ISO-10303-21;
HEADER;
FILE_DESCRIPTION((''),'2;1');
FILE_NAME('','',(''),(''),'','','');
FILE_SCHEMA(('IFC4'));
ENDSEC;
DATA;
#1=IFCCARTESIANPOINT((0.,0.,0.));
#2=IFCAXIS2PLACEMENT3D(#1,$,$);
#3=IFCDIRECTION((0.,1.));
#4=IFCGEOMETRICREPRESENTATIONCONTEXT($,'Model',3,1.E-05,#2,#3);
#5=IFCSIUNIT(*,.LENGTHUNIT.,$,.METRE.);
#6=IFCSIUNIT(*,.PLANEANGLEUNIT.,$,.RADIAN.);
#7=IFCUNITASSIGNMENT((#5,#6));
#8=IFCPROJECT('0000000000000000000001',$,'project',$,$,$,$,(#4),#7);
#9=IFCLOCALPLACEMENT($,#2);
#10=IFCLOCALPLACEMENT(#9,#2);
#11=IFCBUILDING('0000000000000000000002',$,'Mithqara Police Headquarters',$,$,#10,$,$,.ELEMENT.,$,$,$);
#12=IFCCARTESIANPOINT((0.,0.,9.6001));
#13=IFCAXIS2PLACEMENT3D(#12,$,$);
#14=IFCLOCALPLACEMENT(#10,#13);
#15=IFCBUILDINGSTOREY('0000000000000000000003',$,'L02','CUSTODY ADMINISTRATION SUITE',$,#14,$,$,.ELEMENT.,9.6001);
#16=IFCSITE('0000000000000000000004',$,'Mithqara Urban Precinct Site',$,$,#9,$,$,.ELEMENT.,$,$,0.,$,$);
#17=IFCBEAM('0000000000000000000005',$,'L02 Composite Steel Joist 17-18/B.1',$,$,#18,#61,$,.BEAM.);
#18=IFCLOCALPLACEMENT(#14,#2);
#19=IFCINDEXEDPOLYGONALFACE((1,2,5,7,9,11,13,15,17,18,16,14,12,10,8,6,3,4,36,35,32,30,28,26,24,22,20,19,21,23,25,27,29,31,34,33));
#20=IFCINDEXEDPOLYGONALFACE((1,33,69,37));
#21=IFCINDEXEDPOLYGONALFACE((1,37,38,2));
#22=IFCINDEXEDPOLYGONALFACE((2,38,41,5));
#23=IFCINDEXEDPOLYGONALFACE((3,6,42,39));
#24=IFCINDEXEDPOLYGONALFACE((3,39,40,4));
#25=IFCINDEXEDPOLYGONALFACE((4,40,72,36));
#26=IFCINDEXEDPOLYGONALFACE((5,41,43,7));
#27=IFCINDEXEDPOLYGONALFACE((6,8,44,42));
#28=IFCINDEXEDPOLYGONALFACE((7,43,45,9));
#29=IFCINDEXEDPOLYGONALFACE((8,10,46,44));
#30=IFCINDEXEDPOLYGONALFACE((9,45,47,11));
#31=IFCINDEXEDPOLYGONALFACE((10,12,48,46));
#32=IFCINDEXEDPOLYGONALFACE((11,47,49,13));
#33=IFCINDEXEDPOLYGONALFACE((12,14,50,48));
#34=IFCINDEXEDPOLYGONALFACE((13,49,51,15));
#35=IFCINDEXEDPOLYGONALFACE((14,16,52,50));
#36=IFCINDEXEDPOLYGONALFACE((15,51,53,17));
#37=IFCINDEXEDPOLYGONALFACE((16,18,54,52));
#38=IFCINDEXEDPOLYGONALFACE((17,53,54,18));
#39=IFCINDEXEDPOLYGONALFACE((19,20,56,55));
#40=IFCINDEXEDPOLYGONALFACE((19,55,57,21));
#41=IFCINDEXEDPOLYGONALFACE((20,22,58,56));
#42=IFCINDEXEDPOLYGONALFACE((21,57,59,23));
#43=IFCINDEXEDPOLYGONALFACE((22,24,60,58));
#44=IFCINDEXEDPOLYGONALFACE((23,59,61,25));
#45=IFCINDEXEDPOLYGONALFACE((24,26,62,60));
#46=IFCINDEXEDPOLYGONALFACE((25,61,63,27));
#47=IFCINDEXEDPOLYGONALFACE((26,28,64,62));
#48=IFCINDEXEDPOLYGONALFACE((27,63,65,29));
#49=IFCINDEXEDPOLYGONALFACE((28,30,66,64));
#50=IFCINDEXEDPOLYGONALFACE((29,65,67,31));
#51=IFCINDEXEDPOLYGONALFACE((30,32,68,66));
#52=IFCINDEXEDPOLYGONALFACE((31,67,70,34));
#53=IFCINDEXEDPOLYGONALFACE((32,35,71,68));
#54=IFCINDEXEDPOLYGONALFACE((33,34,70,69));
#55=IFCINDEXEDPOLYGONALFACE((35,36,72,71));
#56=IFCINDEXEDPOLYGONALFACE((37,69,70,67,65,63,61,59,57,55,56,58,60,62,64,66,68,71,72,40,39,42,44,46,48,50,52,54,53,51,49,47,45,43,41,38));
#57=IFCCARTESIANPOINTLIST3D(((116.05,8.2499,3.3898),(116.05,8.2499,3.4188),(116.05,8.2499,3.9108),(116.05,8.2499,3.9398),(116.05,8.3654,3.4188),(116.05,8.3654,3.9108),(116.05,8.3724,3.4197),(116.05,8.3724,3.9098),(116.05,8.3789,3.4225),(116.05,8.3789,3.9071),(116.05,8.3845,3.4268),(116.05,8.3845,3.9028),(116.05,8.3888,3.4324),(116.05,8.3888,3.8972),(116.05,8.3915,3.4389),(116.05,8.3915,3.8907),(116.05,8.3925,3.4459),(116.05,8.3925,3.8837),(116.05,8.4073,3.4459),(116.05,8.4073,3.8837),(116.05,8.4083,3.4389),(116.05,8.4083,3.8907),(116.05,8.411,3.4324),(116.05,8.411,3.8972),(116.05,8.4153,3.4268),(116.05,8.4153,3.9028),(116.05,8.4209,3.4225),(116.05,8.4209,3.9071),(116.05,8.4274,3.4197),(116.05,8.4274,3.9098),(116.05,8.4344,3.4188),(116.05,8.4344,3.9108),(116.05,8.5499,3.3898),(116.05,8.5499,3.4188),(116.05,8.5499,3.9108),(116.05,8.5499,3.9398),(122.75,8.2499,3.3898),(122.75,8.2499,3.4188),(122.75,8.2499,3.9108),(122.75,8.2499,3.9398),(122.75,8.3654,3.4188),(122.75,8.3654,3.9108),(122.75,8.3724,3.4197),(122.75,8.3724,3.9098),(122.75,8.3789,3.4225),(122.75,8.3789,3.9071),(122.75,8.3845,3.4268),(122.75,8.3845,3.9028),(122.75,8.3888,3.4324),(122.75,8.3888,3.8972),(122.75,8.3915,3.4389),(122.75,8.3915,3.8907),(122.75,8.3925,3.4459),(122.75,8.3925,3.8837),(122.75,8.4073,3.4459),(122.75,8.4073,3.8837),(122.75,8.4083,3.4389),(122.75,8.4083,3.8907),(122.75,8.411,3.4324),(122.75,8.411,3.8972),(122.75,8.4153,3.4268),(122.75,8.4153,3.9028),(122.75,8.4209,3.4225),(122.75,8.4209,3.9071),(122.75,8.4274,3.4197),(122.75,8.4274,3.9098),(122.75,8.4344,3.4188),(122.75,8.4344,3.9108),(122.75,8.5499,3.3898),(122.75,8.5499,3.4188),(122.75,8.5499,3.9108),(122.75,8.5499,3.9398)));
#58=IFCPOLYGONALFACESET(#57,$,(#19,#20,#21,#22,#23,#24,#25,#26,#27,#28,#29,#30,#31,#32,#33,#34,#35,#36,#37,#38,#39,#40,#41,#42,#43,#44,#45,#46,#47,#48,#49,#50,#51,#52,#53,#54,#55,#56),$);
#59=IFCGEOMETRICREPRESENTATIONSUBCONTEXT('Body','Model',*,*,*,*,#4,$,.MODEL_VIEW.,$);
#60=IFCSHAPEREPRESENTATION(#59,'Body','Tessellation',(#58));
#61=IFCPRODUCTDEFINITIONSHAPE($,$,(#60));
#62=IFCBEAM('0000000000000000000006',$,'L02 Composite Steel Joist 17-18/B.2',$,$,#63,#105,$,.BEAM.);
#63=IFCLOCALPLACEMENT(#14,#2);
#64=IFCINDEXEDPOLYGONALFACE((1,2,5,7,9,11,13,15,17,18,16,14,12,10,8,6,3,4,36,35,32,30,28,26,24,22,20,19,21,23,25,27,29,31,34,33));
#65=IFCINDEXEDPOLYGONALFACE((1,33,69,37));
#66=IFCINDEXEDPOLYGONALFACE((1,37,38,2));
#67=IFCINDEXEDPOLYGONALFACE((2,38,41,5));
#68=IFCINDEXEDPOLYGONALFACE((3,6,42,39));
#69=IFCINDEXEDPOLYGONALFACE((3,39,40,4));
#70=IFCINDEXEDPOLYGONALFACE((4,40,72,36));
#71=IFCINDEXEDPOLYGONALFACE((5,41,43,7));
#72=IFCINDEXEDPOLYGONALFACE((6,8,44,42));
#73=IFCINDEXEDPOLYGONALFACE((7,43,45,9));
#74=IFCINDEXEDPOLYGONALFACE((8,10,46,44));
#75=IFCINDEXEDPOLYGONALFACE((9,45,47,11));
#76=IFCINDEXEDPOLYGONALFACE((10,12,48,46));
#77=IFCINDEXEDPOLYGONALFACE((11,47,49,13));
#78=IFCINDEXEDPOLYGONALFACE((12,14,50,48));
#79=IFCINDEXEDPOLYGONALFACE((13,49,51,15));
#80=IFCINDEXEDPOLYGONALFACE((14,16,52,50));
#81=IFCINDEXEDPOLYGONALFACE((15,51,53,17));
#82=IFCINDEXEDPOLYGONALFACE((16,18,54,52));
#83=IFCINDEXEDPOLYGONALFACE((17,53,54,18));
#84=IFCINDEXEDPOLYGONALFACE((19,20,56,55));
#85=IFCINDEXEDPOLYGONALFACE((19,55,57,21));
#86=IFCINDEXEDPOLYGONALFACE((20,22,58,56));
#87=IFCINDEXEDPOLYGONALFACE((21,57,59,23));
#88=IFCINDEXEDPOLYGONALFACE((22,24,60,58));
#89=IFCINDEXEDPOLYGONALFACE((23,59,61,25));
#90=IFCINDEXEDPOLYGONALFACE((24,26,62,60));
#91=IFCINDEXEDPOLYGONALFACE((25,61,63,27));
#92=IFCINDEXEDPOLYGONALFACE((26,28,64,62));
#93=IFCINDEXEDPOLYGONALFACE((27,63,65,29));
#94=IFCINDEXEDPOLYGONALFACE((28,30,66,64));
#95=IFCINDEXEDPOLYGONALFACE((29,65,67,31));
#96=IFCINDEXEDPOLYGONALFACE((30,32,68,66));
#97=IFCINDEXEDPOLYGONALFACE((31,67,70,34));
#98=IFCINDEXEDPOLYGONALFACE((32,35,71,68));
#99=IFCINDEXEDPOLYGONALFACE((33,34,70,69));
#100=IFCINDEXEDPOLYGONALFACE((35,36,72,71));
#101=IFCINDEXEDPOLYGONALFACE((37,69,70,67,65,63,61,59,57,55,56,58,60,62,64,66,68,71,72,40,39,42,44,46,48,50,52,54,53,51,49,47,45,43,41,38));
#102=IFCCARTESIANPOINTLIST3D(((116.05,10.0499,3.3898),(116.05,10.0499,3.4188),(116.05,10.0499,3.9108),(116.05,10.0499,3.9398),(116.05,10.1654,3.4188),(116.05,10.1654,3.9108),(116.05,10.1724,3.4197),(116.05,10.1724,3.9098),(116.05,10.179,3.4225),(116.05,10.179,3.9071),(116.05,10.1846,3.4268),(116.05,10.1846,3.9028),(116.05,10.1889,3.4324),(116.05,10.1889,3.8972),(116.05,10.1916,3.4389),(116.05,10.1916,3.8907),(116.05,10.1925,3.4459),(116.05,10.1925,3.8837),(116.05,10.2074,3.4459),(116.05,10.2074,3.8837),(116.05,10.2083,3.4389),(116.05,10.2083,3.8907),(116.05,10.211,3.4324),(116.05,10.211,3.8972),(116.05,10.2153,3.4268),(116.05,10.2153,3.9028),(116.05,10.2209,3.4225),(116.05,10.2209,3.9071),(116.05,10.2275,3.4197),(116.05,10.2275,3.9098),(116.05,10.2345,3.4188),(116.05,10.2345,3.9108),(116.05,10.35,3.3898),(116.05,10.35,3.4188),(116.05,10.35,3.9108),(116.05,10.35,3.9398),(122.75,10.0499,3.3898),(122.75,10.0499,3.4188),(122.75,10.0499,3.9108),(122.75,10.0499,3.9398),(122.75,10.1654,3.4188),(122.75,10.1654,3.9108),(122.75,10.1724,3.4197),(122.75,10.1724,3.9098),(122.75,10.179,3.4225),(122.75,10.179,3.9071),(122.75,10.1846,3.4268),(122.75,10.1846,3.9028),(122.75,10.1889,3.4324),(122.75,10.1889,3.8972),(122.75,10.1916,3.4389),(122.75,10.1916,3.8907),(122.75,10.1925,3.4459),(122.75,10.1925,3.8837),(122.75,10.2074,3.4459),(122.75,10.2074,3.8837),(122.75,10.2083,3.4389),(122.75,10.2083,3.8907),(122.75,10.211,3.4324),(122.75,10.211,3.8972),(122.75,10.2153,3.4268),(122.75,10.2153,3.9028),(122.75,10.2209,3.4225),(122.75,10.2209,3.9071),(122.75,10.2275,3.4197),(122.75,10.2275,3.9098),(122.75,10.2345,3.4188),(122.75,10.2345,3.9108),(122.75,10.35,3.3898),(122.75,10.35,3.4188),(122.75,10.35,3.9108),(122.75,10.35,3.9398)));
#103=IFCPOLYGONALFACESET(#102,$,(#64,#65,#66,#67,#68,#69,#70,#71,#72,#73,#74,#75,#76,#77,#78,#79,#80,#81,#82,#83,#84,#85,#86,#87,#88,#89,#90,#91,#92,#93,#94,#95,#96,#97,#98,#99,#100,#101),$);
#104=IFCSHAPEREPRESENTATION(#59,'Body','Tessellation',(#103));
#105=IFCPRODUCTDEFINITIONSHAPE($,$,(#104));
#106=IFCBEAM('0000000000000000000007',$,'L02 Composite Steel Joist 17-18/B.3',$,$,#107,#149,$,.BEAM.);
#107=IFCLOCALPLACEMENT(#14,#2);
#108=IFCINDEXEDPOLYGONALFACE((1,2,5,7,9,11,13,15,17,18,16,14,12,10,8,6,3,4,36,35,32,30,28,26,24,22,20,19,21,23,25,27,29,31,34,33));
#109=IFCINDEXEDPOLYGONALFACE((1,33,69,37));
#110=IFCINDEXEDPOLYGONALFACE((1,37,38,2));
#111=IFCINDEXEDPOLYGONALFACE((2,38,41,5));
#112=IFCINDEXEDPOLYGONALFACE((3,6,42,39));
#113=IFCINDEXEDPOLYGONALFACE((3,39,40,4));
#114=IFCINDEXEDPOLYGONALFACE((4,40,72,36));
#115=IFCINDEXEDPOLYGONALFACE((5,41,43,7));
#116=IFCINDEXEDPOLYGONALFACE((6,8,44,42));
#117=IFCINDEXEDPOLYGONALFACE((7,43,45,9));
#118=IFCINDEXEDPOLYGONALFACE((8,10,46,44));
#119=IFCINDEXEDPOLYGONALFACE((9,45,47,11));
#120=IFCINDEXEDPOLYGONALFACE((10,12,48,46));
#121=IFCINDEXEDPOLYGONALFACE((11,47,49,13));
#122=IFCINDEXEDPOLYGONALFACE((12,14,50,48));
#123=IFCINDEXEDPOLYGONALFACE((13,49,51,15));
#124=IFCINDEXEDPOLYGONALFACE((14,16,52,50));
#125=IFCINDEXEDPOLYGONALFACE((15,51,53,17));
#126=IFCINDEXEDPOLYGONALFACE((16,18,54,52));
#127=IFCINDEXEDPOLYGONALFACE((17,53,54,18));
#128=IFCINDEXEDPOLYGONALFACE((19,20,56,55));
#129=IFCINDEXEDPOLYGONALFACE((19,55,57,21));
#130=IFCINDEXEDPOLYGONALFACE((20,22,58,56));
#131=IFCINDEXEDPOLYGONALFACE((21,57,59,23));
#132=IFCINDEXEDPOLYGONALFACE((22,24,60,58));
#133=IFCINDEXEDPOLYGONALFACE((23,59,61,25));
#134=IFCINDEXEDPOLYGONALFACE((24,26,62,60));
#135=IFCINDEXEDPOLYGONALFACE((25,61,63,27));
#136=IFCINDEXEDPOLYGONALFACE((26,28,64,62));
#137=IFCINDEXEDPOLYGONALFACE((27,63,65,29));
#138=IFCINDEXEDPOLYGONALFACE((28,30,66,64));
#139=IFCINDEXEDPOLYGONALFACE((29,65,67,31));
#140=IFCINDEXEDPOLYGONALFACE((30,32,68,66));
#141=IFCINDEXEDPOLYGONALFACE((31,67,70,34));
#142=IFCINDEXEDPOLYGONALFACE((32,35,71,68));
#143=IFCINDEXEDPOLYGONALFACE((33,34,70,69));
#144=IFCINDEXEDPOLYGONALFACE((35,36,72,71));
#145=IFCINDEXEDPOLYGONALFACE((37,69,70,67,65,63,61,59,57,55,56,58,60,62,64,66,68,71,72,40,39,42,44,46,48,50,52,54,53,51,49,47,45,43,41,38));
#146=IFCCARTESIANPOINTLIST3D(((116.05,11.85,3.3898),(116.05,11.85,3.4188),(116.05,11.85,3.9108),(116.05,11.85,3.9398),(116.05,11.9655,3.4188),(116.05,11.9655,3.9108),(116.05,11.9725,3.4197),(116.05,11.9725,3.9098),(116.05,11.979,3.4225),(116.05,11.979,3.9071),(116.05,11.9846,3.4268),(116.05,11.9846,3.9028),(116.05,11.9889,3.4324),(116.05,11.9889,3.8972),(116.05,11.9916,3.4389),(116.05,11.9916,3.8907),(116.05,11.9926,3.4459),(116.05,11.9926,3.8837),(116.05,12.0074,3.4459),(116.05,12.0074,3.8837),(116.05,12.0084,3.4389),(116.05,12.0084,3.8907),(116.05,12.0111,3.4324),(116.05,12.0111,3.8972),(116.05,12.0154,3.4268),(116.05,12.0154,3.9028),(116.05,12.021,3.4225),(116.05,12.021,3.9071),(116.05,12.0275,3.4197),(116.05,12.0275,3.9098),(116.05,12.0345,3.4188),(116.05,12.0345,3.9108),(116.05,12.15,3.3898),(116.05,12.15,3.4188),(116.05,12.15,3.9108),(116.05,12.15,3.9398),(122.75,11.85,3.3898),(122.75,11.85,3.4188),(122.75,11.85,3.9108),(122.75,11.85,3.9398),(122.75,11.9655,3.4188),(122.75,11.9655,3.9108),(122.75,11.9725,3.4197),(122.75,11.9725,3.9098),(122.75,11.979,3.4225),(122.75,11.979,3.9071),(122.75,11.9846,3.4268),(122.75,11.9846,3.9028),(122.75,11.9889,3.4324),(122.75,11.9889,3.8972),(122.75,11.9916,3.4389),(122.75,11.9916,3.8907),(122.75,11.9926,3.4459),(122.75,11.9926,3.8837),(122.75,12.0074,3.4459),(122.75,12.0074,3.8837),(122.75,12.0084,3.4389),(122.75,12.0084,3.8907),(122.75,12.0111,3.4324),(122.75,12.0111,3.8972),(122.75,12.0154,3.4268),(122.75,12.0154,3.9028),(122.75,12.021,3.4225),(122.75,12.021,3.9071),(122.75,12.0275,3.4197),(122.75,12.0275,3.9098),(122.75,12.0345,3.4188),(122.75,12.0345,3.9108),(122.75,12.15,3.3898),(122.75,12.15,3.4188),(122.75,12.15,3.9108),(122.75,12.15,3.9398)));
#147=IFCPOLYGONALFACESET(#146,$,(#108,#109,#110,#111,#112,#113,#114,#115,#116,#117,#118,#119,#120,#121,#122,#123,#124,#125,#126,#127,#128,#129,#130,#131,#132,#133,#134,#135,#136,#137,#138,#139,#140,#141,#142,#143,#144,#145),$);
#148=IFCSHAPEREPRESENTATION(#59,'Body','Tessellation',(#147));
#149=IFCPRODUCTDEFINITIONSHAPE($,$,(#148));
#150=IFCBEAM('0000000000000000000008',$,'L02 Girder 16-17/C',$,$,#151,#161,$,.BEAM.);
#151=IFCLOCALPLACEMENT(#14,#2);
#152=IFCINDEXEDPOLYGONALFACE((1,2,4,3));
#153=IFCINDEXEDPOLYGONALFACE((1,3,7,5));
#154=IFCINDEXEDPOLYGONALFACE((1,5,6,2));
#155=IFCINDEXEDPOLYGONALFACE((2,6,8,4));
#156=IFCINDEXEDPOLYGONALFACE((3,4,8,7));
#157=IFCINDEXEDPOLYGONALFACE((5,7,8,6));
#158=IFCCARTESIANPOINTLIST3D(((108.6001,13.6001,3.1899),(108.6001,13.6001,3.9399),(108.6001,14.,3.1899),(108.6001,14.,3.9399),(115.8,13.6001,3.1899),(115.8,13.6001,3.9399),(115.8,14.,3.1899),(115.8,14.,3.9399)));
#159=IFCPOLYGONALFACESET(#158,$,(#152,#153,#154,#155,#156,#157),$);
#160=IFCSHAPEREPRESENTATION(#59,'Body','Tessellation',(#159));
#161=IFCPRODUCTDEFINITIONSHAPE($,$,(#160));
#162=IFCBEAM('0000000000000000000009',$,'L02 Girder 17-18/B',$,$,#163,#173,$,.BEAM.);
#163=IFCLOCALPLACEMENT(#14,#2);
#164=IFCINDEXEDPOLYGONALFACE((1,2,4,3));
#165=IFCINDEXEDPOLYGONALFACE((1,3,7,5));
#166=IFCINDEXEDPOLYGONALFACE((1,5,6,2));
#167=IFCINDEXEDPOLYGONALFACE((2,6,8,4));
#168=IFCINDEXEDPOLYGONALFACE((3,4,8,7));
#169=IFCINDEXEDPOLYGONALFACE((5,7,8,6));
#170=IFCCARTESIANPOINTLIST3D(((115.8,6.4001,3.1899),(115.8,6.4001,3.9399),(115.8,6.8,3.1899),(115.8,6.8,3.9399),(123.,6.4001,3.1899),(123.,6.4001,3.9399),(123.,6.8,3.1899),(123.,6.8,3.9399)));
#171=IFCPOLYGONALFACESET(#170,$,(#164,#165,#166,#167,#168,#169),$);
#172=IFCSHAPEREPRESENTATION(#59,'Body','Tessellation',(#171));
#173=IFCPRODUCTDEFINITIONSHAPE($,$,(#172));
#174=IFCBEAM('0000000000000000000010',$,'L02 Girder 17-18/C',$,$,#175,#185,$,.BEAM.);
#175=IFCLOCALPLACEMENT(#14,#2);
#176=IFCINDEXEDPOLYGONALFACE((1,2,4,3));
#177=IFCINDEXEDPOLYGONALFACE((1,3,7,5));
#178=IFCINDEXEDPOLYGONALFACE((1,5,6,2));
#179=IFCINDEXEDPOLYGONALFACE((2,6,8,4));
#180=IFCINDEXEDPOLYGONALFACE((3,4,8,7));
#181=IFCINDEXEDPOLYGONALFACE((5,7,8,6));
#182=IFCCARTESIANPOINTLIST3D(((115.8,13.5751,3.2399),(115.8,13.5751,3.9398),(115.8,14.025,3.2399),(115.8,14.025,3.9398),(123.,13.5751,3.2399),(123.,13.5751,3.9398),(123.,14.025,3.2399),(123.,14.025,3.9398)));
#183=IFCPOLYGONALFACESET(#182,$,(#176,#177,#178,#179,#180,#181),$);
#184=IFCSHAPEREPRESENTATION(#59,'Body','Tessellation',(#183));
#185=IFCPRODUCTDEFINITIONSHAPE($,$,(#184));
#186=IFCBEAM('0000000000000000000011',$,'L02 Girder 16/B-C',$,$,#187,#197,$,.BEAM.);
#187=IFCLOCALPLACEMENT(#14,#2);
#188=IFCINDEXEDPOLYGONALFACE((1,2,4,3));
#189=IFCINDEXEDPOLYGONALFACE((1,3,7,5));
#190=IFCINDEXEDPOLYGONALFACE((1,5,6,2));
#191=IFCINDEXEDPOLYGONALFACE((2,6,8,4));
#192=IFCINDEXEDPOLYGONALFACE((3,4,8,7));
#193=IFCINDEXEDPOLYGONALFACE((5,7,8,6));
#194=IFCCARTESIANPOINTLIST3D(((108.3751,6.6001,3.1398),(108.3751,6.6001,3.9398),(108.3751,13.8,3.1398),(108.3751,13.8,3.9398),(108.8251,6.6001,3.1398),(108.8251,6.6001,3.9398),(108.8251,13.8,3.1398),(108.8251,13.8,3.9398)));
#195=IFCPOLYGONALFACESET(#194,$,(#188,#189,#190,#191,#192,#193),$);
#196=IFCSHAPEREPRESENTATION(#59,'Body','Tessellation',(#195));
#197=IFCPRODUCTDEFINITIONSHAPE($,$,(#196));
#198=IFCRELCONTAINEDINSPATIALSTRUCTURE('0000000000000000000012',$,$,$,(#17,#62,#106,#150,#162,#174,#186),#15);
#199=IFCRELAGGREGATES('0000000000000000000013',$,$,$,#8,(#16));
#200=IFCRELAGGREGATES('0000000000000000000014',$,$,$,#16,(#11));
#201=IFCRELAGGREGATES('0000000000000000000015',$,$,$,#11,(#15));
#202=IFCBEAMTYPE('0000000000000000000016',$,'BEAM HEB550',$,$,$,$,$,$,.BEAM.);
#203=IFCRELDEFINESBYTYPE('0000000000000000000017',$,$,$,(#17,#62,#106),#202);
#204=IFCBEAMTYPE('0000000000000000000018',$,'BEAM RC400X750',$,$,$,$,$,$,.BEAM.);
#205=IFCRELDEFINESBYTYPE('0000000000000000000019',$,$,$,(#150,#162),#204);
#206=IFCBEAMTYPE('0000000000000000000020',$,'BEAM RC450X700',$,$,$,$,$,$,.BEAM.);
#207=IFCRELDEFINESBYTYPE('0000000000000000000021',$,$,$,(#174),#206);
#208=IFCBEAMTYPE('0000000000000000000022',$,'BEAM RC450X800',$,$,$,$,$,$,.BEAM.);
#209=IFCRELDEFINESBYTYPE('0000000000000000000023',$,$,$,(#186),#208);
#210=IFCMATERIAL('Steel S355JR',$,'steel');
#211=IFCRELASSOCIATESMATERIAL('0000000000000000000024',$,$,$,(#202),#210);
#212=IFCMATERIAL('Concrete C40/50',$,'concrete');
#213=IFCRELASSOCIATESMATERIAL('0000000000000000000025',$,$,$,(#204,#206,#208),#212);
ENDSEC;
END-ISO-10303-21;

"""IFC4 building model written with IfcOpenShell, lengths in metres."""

from ifc_helpers import new_model, si_unit, direction, frame, origin, origin_2d, place, context, subcontext, project, spatial, rectangle, i_section, extrude, material, material_profile, profile_set, type_object, element, save


model = new_model("IFC4")

# Units and contexts
model_context = context("Model", 3, precision=1e-05, world=origin(), true_north=direction((0.0, 1.0)))
body_context = subcontext(model_context, "Body", "Model", "MODEL_VIEW")
ifc_project = project(units=[si_unit("LENGTHUNIT", "METRE"), si_unit("PLANEANGLEUNIT", "RADIAN")], contexts=[model_context])

# Site, building, storey
site_placement = place(None, origin())
site = spatial("IfcSite", under=ifc_project, at=site_placement, Name="Mithqara Urban Precinct Site", CompositionType="ELEMENT", RefElevation=0.0)
building_placement = place(site_placement, origin())
building = spatial("IfcBuilding", under=site, at=building_placement, Name="Mithqara Police Headquarters", CompositionType="ELEMENT")
storey_placement = place(building_placement, frame((0.0, 0.0, 9.6001)))
storey = spatial("IfcBuildingStorey", under=building, at=storey_placement, Name="L02", Description="CUSTODY ADMINISTRATION SUITE", CompositionType="ELEMENT", Elevation=9.6001)

# Beams
ifc_material_1 = material(Name="Steel S355JR", Category="steel")
ifc_material_profile_1 = material_profile(ifc_material_1, i_section(OverallWidth=0.3, OverallDepth=0.55, WebThickness=0.0149, FlangeThickness=0.0291, FilletRadius=0.0271, at=origin_2d()), Name="HEB 550")
ifc_profile_set_1 = profile_set([ifc_material_profile_1], Name="Steel S355JR")
beam_type_1 = type_object("IfcBeamType", Name="BEAM HEB550", PredefinedType="BEAM", material=ifc_profile_set_1)
for number, where, z_axis, x_axis, name in (
    (1, (116.05, 8.3999, 3.6648), (1.0, 0.0, 0.0), (0.0, 1.0, 0.0), "L02 Composite Steel Joist 17-18/B.1"),
    (2, (116.05, 10.2, 3.6648), (1.0, 0.0, 0.0), (0.0, 1.0, 0.0), "L02 Composite Steel Joist 17-18/B.2"),
    (3, (116.05, 12.0, 3.6648), (1.0, 0.0, 0.0), (0.0, 1.0, 0.0), "L02 Composite Steel Joist 17-18/B.3"),
):
    element("IfcBeam", number, at=place(storey_placement, frame(where, z_axis=z_axis, x_axis=x_axis)), inside=storey, type_object=beam_type_1, Name=name, PredefinedType="BEAM", context=body_context, shape_type="SweptSolid", body=[
        extrude(i_section(OverallWidth=0.3, OverallDepth=0.55, WebThickness=0.0149, FlangeThickness=0.0291, FilletRadius=0.0271, at=origin_2d()), origin(), (0.0, 0.0, 1.0), 6.7),
    ])
ifc_material_2 = material(Name="Concrete C40/50", Category="concrete")
ifc_material_profile_2 = material_profile(ifc_material_2, rectangle(XDim=0.3999, YDim=0.75, at=origin_2d()), Name="RC 400x750")
ifc_profile_set_2 = profile_set([ifc_material_profile_2], Name="Concrete C40/50")
beam_type_2 = type_object("IfcBeamType", Name="BEAM RC400X750", PredefinedType="BEAM", material=ifc_profile_set_2)
for number, where, z_axis, x_axis, name in (
    (4, (108.6001, 13.8, 3.5649), (1.0, 0.0, 0.0), (0.0, 1.0, 0.0), "L02 Girder 16-17/C"),
    (5, (115.8, 6.6001, 3.5649), (1.0, 0.0, 0.0), (0.0, 1.0, 0.0), "L02 Girder 17-18/B"),
):
    element("IfcBeam", number, at=place(storey_placement, frame(where, z_axis=z_axis, x_axis=x_axis)), inside=storey, type_object=beam_type_2, Name=name, PredefinedType="BEAM", context=body_context, shape_type="SweptSolid", body=[
        extrude(rectangle(XDim=0.3999, YDim=0.75, at=origin_2d()), origin(), (0.0, 0.0, 1.0), 7.2),
    ])
ifc_material_profile_3 = material_profile(ifc_material_2, rectangle(XDim=0.45, YDim=0.7, at=origin_2d()), Name="RC 450x700")
ifc_profile_set_3 = profile_set([ifc_material_profile_3], Name="Concrete C40/50")
beam_type_3 = type_object("IfcBeamType", Name="BEAM RC450X700", PredefinedType="BEAM", material=ifc_profile_set_3)
beam_1_placement = place(storey_placement, frame((115.8, 13.8, 3.5898), z_axis=(1.0, 0.0, 0.0), x_axis=(0.0, 1.0, 0.0)))
element("IfcBeam", 6, at=beam_1_placement, inside=storey, type_object=beam_type_3, Name="L02 Girder 17-18/C", PredefinedType="BEAM", context=body_context, shape_type="SweptSolid", body=[
    extrude(rectangle(XDim=0.45, YDim=0.7, at=origin_2d()), origin(), (0.0, 0.0, 1.0), 7.2),
])
ifc_material_profile_4 = material_profile(ifc_material_2, rectangle(XDim=0.45, YDim=0.8, at=origin_2d()), Name="RC 450x800")
ifc_profile_set_4 = profile_set([ifc_material_profile_4], Name="Concrete C40/50")
beam_type_4 = type_object("IfcBeamType", Name="BEAM RC450X800", PredefinedType="BEAM", material=ifc_profile_set_4)
beam_2_placement = place(storey_placement, frame((108.6001, 6.6001, 3.5398), z_axis=(0.0, 1.0, 0.0), x_axis=(-1.0, 0.0, 0.0)))
element("IfcBeam", 7, at=beam_2_placement, inside=storey, type_object=beam_type_4, Name="L02 Girder 16/B-C", PredefinedType="BEAM", context=body_context, shape_type="SweptSolid", body=[
    extrude(rectangle(XDim=0.45, YDim=0.8, at=origin_2d()), origin(), (0.0, 0.0, 1.0), 7.2),
])

save(model, "model.ifc")
